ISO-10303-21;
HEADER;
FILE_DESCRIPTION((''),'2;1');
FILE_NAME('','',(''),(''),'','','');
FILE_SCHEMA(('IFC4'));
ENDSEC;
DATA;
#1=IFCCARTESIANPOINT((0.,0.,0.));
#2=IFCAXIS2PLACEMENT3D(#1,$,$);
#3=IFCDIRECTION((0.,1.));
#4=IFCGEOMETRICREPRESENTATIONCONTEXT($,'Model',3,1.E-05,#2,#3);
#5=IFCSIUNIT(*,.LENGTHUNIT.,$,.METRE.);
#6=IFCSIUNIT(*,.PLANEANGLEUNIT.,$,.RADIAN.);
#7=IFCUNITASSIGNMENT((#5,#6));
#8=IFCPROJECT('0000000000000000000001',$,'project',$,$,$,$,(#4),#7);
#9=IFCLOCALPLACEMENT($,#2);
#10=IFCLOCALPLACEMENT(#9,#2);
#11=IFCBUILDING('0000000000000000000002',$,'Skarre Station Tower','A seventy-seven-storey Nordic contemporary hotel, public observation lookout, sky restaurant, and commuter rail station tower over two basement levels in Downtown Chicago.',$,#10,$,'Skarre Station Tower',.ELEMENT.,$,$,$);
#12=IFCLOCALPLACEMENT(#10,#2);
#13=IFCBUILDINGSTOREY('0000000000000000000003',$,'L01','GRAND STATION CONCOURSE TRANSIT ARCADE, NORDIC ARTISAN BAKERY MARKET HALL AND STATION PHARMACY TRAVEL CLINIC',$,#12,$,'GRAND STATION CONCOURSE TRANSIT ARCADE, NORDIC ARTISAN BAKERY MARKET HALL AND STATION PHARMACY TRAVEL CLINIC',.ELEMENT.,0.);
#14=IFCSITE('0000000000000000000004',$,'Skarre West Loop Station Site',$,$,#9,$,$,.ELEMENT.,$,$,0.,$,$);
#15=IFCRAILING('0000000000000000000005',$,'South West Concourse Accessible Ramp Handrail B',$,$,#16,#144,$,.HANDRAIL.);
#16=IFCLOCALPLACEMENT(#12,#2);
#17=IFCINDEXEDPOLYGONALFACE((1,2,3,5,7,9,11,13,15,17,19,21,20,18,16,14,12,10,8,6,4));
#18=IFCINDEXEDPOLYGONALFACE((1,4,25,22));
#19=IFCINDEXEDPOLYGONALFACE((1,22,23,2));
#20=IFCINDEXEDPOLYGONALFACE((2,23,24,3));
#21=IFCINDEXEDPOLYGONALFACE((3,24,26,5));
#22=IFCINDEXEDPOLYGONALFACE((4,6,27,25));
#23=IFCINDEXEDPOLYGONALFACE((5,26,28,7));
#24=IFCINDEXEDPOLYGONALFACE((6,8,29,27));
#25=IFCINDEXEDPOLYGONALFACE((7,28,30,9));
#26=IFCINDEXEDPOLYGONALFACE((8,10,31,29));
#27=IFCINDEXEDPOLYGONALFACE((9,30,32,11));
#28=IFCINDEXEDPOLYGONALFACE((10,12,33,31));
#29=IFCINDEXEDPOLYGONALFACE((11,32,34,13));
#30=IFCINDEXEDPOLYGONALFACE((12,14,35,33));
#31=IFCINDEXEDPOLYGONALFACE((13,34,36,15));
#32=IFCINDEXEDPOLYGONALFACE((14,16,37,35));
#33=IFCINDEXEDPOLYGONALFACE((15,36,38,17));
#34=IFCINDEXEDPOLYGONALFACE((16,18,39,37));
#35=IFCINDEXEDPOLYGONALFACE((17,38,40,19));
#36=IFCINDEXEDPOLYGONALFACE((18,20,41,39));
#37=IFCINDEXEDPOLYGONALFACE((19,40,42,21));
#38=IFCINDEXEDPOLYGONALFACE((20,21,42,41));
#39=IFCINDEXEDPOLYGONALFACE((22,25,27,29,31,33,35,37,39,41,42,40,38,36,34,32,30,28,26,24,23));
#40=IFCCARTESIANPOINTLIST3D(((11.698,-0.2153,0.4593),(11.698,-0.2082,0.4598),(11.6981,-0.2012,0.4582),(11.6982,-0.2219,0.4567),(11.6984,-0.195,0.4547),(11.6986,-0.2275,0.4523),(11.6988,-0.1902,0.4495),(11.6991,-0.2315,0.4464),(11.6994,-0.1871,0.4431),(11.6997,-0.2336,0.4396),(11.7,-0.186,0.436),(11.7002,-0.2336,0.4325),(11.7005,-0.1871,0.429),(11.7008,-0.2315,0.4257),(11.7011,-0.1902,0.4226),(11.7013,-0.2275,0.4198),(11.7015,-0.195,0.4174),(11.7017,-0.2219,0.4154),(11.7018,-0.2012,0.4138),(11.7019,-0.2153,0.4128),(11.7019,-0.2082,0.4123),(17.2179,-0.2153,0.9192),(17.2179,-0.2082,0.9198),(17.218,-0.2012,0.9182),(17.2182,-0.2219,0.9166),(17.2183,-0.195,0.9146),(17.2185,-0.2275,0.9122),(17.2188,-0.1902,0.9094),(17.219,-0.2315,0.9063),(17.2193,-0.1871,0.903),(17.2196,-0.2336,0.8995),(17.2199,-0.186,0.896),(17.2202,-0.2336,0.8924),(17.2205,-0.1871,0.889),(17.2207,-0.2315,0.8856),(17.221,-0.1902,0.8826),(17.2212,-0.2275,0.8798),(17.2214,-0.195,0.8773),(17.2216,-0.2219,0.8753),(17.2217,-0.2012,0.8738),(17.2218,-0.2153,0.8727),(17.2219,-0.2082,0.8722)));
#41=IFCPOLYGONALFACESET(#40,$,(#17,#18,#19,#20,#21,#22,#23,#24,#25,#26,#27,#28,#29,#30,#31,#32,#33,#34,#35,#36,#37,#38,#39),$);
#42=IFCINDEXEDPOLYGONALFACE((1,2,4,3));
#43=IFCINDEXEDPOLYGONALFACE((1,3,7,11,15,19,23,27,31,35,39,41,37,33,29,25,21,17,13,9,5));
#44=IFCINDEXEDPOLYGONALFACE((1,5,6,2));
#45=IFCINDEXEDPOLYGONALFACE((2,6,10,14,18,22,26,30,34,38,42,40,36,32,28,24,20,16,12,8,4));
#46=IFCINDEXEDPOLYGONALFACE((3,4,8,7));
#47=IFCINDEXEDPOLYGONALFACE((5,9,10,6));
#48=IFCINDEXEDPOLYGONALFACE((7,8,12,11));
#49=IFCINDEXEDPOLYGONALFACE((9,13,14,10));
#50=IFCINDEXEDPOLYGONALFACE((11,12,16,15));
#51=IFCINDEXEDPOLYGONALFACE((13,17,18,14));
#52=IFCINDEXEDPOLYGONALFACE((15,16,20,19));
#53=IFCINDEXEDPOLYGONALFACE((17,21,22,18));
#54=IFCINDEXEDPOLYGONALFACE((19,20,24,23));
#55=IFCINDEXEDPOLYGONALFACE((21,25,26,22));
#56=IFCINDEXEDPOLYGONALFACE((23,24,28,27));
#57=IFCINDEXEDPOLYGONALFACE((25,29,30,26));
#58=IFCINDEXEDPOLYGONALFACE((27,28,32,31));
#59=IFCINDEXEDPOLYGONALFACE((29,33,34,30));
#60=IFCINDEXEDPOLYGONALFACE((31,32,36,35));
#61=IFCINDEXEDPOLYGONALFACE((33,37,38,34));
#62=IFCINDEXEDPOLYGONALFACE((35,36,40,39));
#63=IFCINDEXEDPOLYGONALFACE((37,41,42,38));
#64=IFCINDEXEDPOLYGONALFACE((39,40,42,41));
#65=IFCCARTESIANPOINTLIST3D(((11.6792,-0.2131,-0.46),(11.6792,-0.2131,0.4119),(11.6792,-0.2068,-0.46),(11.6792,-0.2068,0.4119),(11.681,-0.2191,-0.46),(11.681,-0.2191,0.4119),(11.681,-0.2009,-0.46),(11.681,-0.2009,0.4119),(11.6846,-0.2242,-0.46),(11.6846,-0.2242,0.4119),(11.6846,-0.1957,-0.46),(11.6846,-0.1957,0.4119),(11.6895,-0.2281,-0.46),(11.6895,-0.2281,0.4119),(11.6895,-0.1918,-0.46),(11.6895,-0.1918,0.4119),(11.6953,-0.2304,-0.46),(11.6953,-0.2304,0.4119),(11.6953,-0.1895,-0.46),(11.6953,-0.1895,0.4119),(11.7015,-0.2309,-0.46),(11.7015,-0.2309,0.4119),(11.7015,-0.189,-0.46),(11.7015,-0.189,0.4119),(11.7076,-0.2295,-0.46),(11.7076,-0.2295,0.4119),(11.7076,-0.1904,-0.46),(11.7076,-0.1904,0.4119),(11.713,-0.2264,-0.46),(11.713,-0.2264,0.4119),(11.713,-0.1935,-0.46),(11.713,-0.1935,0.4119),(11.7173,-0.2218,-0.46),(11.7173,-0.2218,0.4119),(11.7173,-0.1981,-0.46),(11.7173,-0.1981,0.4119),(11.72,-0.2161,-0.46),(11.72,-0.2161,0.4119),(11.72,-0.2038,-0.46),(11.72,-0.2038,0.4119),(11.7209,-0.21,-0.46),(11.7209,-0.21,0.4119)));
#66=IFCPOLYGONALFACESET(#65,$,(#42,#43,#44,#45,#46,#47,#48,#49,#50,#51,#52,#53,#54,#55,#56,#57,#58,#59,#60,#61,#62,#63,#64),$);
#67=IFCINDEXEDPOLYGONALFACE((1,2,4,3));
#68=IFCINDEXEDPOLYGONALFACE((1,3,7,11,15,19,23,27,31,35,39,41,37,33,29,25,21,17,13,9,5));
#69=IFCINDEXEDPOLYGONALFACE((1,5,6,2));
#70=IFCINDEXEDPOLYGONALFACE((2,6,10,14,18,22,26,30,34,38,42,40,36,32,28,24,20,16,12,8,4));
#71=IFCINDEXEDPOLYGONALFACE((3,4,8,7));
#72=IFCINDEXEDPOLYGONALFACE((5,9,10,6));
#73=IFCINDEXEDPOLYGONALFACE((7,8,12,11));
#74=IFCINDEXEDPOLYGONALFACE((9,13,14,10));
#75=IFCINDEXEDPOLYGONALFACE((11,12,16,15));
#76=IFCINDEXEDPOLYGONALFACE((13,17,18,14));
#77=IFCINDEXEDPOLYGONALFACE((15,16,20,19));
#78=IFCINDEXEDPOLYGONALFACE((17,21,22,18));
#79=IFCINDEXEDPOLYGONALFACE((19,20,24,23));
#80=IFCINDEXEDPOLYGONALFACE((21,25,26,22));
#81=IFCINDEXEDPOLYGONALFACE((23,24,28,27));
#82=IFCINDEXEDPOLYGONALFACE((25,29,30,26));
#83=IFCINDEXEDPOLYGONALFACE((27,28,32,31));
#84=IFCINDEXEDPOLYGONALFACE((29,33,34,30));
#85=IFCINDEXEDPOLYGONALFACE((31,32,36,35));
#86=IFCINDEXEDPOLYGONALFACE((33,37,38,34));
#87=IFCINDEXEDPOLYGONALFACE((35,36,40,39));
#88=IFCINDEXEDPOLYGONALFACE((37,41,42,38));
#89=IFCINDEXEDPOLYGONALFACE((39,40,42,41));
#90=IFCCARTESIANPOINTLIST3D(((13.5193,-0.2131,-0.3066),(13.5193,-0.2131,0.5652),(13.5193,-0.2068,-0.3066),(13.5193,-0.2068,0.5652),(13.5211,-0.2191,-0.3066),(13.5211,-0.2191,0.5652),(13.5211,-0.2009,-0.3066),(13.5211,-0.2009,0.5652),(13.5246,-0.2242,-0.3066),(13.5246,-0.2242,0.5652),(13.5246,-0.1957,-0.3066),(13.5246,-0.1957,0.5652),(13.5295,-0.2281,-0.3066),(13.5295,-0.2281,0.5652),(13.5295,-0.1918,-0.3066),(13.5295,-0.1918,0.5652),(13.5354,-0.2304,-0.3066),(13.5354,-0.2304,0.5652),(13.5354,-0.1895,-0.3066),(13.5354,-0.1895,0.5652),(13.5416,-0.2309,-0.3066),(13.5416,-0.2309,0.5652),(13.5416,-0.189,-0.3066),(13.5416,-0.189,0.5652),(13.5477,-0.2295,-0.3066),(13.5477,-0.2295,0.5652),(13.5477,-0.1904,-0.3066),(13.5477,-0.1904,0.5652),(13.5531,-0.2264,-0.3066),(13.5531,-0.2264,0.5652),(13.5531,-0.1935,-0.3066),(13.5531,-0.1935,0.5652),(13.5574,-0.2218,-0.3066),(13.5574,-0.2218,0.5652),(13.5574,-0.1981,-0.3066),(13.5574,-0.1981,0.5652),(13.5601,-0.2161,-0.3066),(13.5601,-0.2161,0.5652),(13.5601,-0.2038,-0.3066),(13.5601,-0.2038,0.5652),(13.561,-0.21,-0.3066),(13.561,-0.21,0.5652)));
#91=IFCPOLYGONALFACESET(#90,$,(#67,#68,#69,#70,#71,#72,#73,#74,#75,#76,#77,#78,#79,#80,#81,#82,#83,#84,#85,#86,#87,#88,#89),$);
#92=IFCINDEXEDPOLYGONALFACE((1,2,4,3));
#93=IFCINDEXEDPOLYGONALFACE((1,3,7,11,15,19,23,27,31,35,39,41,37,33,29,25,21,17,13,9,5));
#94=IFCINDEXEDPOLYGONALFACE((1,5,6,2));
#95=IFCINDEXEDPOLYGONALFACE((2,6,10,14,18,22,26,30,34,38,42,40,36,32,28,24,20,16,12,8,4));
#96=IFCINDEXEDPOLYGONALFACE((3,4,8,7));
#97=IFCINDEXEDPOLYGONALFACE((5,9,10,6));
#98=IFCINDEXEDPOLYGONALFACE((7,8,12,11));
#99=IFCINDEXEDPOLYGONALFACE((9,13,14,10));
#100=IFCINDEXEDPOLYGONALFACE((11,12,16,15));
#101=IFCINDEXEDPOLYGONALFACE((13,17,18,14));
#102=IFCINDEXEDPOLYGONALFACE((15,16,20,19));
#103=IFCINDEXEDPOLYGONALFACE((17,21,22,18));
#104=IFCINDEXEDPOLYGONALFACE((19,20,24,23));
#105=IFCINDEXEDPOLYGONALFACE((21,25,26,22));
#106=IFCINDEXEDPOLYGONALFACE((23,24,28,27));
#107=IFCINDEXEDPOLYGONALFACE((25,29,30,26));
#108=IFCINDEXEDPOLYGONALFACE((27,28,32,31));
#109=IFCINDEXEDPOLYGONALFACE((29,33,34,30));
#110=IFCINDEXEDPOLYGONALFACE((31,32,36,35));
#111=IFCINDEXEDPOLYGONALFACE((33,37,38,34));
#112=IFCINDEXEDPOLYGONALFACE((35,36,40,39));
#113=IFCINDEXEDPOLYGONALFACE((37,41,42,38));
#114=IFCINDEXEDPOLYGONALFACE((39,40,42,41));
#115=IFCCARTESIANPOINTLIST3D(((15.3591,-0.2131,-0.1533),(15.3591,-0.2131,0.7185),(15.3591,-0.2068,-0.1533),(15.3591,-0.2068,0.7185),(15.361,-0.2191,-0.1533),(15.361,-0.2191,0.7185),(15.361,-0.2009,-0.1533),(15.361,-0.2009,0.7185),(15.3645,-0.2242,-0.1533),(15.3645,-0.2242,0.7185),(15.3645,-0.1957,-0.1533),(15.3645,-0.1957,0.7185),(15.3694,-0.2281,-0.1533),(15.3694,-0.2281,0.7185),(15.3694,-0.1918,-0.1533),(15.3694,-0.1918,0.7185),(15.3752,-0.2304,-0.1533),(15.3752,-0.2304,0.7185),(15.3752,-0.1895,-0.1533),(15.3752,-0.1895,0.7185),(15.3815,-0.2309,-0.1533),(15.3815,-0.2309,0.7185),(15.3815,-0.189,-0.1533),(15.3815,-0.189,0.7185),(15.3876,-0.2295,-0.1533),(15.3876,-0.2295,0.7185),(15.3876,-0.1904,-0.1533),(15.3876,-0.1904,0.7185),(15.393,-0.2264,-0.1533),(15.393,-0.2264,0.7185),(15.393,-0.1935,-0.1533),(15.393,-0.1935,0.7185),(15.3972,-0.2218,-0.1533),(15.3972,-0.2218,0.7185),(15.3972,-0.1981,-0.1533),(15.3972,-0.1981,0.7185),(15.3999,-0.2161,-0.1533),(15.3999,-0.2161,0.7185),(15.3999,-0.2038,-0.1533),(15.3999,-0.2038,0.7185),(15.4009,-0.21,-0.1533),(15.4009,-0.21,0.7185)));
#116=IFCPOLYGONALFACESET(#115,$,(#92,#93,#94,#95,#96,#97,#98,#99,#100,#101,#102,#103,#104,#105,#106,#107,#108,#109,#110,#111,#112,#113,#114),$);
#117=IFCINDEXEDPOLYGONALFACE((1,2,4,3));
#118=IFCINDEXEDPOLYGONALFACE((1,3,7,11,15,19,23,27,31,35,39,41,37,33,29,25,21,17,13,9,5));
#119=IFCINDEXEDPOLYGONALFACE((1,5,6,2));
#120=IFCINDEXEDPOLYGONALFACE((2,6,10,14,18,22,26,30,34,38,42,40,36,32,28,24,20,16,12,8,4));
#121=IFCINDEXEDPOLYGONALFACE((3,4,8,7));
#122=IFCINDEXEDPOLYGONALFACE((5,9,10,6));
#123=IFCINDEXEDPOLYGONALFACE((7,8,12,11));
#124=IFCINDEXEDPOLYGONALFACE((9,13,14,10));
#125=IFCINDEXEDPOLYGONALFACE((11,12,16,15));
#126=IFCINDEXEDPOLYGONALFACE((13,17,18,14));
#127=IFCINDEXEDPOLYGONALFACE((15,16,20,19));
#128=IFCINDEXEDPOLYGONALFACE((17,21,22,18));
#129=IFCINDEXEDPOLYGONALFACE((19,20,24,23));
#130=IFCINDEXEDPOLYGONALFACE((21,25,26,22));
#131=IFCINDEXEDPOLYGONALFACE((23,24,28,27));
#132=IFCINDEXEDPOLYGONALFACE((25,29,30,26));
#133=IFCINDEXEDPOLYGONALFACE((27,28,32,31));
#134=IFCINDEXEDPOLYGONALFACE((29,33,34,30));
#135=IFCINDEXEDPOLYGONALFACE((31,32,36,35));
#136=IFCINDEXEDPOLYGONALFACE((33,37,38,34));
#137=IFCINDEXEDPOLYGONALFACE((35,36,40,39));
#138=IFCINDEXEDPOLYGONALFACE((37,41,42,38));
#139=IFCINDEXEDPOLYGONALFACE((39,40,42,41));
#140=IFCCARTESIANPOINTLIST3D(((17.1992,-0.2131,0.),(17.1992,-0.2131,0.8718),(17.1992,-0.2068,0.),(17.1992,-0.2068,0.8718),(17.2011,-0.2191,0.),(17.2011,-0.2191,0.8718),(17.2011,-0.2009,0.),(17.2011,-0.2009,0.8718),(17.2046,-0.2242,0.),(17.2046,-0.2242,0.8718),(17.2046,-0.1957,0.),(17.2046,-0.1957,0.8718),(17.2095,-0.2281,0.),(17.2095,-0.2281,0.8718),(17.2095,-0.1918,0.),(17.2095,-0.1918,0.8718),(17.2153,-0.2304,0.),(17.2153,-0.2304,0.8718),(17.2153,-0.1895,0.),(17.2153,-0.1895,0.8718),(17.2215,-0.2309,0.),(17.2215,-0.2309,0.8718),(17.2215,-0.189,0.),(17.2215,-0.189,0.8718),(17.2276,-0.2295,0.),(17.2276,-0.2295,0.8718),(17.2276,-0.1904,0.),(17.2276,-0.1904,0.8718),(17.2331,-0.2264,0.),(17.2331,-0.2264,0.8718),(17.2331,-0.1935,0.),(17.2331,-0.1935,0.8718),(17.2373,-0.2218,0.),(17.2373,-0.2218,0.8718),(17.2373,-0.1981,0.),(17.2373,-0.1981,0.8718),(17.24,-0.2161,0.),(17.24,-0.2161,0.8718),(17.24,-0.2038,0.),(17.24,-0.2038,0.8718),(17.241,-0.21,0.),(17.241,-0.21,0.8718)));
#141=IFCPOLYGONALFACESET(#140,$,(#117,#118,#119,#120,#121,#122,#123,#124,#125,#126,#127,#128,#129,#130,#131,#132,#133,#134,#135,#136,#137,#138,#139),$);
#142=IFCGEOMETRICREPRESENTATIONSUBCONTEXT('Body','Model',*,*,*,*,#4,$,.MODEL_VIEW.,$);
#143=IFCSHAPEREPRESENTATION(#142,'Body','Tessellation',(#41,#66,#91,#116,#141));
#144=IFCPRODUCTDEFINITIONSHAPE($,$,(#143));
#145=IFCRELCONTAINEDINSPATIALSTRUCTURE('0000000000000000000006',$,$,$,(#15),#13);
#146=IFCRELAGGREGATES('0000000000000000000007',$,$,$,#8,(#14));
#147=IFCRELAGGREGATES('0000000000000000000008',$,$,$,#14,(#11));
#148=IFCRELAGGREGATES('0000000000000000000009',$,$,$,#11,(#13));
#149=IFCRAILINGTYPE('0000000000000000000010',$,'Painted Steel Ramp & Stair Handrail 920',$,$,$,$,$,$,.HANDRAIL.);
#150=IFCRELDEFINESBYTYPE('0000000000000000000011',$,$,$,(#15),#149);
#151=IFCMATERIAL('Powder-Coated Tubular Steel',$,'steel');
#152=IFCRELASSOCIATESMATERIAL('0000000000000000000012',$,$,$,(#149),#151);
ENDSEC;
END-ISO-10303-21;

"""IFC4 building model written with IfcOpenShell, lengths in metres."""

from ifc_helpers import new_model, si_unit, direction, frame, origin, origin_2d, place, context, subcontext, project, spatial, circle, extrude, material, type_object, element, save


model = new_model("IFC4")

# Units and contexts
model_context = context("Model", 3, precision=1e-05, world=origin(), true_north=direction((0.0, 1.0)))
body_context = subcontext(model_context, "Body", "Model", "MODEL_VIEW")
ifc_project = project(units=[si_unit("LENGTHUNIT", "METRE"), si_unit("PLANEANGLEUNIT", "RADIAN")], contexts=[model_context])

# Site, building, storey
site_placement = place(None, origin())
site = spatial("IfcSite", under=ifc_project, at=site_placement, Name="Skarre West Loop Station Site", CompositionType="ELEMENT", RefElevation=0.0)
building_placement = place(site_placement, origin())
building = spatial("IfcBuilding", under=site, at=building_placement, Name="Skarre Station Tower", Description="A seventy-seven-storey Nordic contemporary hotel, public observation lookout, sky restaurant, and commuter rail station tower over two basement levels in Downtown Chicago.", LongName="Skarre Station Tower", CompositionType="ELEMENT")
storey_placement = place(building_placement, origin())
storey = spatial("IfcBuildingStorey", under=building, at=storey_placement, Name="L01", Description="GRAND STATION CONCOURSE TRANSIT ARCADE, NORDIC ARTISAN BAKERY MARKET HALL AND STATION PHARMACY TRAVEL CLINIC", LongName="GRAND STATION CONCOURSE TRANSIT ARCADE, NORDIC ARTISAN BAKERY MARKET HALL AND STATION PHARMACY TRAVEL CLINIC", CompositionType="ELEMENT", Elevation=0.0)

# Railing
ifc_material_1 = material(Name="Powder-Coated Tubular Steel", Category="steel")
railing_type_1 = type_object("IfcRailingType", Name="Painted Steel Ramp & Stair Handrail 920", PredefinedType="HANDRAIL", material=ifc_material_1)
for number, where, name in (
    (1, (11.7, -0.21, -0.46), "South West Concourse Accessible Ramp Handrail B"),
):
    element("IfcRailing", number, at=place(storey_placement, frame(where)), inside=storey, type_object=railing_type_1, Name=name, PredefinedType="HANDRAIL", context=body_context, shape_type="SweptSolid", body=[
        extrude(circle(Radius=0.0239, at=origin_2d()), frame((0.0, 0.0, 0.896), z_axis=(0.996546, 0.0, 0.083038), x_axis=(0.0, 1.0, 0.0)), (0.0, 0.0, 1.0), 5.5391),
        extrude(circle(Radius=0.021, at=origin_2d()), origin(), (0.0, 0.0, 1.0), 0.8718),
        extrude(circle(Radius=0.021, at=origin_2d()), frame((1.8401, 0.0, 0.1533)), (0.0, 0.0, 1.0), 0.8718),
        extrude(circle(Radius=0.021, at=origin_2d()), frame((3.6799, 0.0, 0.3066)), (0.0, 0.0, 1.0), 0.8718),
        extrude(circle(Radius=0.021, at=origin_2d()), frame((5.52, 0.0, 0.46)), (0.0, 0.0, 1.0), 0.8718),
    ])

save(model, "model.ifc")
